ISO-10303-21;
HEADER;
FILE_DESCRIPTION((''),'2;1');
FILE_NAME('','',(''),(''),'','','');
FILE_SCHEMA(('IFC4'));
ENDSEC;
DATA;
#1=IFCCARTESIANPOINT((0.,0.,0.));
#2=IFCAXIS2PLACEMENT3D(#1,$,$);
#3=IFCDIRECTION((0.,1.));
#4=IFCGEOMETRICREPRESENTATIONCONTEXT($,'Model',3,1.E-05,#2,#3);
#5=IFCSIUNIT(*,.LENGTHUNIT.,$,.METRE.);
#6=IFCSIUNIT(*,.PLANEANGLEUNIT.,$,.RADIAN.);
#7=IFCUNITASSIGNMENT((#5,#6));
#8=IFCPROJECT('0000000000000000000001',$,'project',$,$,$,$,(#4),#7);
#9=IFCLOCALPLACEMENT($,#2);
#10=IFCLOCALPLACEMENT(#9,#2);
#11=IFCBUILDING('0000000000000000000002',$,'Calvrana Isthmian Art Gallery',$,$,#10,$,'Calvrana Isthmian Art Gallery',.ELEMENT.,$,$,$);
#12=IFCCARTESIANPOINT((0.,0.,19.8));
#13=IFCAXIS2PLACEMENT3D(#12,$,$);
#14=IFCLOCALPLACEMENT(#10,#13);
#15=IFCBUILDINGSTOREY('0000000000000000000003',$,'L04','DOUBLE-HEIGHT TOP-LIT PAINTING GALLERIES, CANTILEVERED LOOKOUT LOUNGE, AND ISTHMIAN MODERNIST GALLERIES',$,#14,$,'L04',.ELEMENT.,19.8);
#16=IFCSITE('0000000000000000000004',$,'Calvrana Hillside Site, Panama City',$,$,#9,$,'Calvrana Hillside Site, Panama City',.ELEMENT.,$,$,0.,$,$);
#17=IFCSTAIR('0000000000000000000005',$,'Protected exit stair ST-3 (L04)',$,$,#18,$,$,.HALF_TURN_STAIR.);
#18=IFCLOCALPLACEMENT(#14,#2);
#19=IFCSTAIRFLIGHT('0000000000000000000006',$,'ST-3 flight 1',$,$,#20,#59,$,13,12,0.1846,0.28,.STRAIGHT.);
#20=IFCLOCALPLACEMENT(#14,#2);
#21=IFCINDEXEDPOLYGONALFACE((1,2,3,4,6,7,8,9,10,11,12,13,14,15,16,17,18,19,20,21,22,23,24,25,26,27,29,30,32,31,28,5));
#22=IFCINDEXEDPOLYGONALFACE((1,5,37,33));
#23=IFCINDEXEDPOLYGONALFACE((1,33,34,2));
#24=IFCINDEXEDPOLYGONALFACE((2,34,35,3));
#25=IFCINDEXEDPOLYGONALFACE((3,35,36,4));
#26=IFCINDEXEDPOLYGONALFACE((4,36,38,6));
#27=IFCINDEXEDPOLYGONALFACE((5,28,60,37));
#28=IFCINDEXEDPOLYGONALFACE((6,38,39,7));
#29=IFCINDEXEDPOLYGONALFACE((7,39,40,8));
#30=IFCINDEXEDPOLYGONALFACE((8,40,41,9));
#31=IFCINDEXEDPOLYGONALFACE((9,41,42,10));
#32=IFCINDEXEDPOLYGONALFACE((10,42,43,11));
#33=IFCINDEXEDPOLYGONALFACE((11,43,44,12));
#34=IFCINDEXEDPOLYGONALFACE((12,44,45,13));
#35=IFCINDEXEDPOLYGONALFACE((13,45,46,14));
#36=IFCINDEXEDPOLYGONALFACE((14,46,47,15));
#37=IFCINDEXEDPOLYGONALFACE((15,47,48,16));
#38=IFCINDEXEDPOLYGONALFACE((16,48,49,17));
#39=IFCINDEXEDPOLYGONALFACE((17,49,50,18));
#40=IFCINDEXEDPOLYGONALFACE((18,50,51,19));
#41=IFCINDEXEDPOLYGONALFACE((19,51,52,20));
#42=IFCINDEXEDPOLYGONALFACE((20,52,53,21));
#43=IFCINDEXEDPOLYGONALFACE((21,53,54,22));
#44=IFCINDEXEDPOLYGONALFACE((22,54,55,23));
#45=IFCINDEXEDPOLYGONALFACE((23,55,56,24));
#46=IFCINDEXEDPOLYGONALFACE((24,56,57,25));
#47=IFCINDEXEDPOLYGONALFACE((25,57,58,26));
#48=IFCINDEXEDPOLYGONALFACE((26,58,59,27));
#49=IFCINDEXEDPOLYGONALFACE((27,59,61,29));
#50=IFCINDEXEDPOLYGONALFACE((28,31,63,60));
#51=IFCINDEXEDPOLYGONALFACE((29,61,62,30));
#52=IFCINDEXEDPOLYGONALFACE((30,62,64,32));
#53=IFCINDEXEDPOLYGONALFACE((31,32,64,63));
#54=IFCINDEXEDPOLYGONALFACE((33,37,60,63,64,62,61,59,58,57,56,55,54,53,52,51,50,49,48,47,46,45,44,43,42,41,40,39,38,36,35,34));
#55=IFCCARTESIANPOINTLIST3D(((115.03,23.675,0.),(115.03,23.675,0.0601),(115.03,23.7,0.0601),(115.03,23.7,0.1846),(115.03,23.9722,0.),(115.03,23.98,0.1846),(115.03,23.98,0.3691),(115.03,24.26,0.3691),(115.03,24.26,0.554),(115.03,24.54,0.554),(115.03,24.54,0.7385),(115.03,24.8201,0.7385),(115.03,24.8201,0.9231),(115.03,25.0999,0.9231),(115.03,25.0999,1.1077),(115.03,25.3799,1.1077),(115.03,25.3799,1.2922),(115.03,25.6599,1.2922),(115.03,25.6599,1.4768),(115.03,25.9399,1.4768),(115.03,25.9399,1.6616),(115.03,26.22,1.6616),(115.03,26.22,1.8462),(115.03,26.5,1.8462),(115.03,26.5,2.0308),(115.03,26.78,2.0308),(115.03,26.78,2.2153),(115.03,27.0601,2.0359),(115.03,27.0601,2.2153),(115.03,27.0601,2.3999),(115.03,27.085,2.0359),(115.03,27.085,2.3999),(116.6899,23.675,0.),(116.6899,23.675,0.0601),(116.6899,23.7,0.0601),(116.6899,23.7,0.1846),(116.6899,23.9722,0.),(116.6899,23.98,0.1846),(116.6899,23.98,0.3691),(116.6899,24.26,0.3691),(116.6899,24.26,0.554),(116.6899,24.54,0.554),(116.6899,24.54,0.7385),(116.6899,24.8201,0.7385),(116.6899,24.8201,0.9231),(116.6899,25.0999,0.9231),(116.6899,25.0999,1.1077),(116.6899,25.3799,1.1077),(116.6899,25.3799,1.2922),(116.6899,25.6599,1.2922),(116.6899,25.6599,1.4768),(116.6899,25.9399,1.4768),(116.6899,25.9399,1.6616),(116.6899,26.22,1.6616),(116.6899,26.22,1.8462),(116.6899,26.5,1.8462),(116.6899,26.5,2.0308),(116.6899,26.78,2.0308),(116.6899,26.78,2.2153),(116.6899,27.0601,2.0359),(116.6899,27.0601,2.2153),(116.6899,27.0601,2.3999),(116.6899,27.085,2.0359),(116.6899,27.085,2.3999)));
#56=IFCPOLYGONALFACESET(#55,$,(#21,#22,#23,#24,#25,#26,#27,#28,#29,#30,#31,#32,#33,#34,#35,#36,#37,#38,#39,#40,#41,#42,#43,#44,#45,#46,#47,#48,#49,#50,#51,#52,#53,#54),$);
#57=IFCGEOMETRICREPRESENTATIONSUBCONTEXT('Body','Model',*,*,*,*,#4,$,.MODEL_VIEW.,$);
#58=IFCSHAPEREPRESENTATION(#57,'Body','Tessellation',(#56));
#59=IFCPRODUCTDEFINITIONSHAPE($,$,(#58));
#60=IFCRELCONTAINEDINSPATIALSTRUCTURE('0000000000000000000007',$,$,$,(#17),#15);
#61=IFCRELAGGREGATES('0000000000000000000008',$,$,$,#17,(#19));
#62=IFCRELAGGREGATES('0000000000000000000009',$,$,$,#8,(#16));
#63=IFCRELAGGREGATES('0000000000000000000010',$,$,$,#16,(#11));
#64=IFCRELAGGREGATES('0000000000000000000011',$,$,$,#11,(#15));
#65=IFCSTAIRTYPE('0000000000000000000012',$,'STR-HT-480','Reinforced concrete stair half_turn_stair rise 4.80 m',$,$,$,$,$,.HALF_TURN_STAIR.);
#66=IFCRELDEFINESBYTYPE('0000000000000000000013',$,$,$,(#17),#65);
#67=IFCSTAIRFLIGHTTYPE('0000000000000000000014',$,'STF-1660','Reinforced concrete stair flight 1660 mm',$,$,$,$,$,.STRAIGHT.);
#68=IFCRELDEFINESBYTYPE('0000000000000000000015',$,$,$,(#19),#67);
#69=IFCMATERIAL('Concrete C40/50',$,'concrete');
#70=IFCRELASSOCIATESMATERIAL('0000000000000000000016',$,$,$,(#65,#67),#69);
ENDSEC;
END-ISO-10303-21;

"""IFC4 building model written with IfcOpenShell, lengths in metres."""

from ifc_helpers import new_model, si_unit, direction, frame, origin, place, context, subcontext, project, spatial, polyline, outline, extrude, material, type_object, element, aggregate, save


model = new_model("IFC4")

# Units and contexts
model_context = context("Model", 3, precision=1e-05, world=origin(), true_north=direction((0.0, 1.0)))
body_context = subcontext(model_context, "Body", "Model", "MODEL_VIEW")
ifc_project = project(units=[si_unit("LENGTHUNIT", "METRE"), si_unit("PLANEANGLEUNIT", "RADIAN")], contexts=[model_context])

# Site, building, storey
site_placement = place(None, origin())
site = spatial("IfcSite", under=ifc_project, at=site_placement, Name="Calvrana Hillside Site, Panama City", LongName="Calvrana Hillside Site, Panama City", CompositionType="ELEMENT", RefElevation=0.0)
building_placement = place(site_placement, origin())
building = spatial("IfcBuilding", under=site, at=building_placement, Name="Calvrana Isthmian Art Gallery", LongName="Calvrana Isthmian Art Gallery", CompositionType="ELEMENT")
storey_placement = place(building_placement, frame((0.0, 0.0, 19.8)))
storey = spatial("IfcBuildingStorey", under=building, at=storey_placement, Name="L04", Description="DOUBLE-HEIGHT TOP-LIT PAINTING GALLERIES, CANTILEVERED LOOKOUT LOUNGE, AND ISTHMIAN MODERNIST GALLERIES", LongName="L04", CompositionType="ELEMENT", Elevation=19.8)

# Shared definitions
ifc_material_1 = material(Name="Concrete C40/50", Category="concrete")

# Stair, stair flight
stair_type = type_object("IfcStairType", Name="STR-HT-480", Description="Reinforced concrete stair half_turn_stair rise 4.80 m", PredefinedType="HALF_TURN_STAIR", material=ifc_material_1)
stair_placement = place(storey_placement, origin())
stair = element("IfcStair", 1, at=stair_placement, inside=storey, type_object=stair_type, Name="Protected exit stair ST-3 (L04)", PredefinedType="HALF_TURN_STAIR")
stair_flight_type = type_object("IfcStairFlightType", Name="STF-1660", Description="Reinforced concrete stair flight 1660 mm", PredefinedType="STRAIGHT", material=ifc_material_1)
stair_flight_placement = place(storey_placement, frame((115.8601, 23.7, 0.0), z_axis=(0.0, 0.0, 1.0), x_axis=(0.0, 1.0, 0.0)))
stair_flight = element("IfcStairFlight", 2, at=stair_flight_placement, type_object=stair_flight_type, Name="ST-3 flight 1", NumberOfRisers=13, NumberOfTreads=12, PredefinedType="STRAIGHT", RiserHeight=0.1846, TreadLength=0.28, context=body_context, shape_type="SweptSolid", body=[
    extrude(outline(polyline([(-0.0249, 0.0), (-0.0249, 0.0601), (0.0, 0.0601), (0.0, 0.1846), (0.28, 0.1846), (0.28, 0.3691), (0.5601, 0.3691), (0.5601, 0.554), (0.8401, 0.554), (0.8401, 0.7385), (1.1201, 0.7385), (1.1201, 0.9231), (1.3999, 0.9231), (1.3999, 1.1077), (1.6799, 1.1077), (1.6799, 1.2922), (1.96, 1.2922), (1.96, 1.4768), (2.24, 1.4768), (2.24, 1.6616), (2.52, 1.6616), (2.52, 1.8462), (2.8, 1.8462), (2.8, 2.0308), (3.0801, 2.0308), (3.0801, 2.2153), (3.3601, 2.2153), (3.3601, 2.3999), (3.385, 2.3999), (3.385, 2.0359), (3.3601, 2.0359), (0.2722, 0.0), (-0.0249, 0.0)])), frame((0.0, 0.8301, 0.0), z_axis=(0.0, -1.0, 0.0), x_axis=(1.0, 0.0, 0.0)), (0.0, 0.0, 1.0), 1.6599),
])
aggregate(stair, [stair_flight])

save(model, "model.ifc")
